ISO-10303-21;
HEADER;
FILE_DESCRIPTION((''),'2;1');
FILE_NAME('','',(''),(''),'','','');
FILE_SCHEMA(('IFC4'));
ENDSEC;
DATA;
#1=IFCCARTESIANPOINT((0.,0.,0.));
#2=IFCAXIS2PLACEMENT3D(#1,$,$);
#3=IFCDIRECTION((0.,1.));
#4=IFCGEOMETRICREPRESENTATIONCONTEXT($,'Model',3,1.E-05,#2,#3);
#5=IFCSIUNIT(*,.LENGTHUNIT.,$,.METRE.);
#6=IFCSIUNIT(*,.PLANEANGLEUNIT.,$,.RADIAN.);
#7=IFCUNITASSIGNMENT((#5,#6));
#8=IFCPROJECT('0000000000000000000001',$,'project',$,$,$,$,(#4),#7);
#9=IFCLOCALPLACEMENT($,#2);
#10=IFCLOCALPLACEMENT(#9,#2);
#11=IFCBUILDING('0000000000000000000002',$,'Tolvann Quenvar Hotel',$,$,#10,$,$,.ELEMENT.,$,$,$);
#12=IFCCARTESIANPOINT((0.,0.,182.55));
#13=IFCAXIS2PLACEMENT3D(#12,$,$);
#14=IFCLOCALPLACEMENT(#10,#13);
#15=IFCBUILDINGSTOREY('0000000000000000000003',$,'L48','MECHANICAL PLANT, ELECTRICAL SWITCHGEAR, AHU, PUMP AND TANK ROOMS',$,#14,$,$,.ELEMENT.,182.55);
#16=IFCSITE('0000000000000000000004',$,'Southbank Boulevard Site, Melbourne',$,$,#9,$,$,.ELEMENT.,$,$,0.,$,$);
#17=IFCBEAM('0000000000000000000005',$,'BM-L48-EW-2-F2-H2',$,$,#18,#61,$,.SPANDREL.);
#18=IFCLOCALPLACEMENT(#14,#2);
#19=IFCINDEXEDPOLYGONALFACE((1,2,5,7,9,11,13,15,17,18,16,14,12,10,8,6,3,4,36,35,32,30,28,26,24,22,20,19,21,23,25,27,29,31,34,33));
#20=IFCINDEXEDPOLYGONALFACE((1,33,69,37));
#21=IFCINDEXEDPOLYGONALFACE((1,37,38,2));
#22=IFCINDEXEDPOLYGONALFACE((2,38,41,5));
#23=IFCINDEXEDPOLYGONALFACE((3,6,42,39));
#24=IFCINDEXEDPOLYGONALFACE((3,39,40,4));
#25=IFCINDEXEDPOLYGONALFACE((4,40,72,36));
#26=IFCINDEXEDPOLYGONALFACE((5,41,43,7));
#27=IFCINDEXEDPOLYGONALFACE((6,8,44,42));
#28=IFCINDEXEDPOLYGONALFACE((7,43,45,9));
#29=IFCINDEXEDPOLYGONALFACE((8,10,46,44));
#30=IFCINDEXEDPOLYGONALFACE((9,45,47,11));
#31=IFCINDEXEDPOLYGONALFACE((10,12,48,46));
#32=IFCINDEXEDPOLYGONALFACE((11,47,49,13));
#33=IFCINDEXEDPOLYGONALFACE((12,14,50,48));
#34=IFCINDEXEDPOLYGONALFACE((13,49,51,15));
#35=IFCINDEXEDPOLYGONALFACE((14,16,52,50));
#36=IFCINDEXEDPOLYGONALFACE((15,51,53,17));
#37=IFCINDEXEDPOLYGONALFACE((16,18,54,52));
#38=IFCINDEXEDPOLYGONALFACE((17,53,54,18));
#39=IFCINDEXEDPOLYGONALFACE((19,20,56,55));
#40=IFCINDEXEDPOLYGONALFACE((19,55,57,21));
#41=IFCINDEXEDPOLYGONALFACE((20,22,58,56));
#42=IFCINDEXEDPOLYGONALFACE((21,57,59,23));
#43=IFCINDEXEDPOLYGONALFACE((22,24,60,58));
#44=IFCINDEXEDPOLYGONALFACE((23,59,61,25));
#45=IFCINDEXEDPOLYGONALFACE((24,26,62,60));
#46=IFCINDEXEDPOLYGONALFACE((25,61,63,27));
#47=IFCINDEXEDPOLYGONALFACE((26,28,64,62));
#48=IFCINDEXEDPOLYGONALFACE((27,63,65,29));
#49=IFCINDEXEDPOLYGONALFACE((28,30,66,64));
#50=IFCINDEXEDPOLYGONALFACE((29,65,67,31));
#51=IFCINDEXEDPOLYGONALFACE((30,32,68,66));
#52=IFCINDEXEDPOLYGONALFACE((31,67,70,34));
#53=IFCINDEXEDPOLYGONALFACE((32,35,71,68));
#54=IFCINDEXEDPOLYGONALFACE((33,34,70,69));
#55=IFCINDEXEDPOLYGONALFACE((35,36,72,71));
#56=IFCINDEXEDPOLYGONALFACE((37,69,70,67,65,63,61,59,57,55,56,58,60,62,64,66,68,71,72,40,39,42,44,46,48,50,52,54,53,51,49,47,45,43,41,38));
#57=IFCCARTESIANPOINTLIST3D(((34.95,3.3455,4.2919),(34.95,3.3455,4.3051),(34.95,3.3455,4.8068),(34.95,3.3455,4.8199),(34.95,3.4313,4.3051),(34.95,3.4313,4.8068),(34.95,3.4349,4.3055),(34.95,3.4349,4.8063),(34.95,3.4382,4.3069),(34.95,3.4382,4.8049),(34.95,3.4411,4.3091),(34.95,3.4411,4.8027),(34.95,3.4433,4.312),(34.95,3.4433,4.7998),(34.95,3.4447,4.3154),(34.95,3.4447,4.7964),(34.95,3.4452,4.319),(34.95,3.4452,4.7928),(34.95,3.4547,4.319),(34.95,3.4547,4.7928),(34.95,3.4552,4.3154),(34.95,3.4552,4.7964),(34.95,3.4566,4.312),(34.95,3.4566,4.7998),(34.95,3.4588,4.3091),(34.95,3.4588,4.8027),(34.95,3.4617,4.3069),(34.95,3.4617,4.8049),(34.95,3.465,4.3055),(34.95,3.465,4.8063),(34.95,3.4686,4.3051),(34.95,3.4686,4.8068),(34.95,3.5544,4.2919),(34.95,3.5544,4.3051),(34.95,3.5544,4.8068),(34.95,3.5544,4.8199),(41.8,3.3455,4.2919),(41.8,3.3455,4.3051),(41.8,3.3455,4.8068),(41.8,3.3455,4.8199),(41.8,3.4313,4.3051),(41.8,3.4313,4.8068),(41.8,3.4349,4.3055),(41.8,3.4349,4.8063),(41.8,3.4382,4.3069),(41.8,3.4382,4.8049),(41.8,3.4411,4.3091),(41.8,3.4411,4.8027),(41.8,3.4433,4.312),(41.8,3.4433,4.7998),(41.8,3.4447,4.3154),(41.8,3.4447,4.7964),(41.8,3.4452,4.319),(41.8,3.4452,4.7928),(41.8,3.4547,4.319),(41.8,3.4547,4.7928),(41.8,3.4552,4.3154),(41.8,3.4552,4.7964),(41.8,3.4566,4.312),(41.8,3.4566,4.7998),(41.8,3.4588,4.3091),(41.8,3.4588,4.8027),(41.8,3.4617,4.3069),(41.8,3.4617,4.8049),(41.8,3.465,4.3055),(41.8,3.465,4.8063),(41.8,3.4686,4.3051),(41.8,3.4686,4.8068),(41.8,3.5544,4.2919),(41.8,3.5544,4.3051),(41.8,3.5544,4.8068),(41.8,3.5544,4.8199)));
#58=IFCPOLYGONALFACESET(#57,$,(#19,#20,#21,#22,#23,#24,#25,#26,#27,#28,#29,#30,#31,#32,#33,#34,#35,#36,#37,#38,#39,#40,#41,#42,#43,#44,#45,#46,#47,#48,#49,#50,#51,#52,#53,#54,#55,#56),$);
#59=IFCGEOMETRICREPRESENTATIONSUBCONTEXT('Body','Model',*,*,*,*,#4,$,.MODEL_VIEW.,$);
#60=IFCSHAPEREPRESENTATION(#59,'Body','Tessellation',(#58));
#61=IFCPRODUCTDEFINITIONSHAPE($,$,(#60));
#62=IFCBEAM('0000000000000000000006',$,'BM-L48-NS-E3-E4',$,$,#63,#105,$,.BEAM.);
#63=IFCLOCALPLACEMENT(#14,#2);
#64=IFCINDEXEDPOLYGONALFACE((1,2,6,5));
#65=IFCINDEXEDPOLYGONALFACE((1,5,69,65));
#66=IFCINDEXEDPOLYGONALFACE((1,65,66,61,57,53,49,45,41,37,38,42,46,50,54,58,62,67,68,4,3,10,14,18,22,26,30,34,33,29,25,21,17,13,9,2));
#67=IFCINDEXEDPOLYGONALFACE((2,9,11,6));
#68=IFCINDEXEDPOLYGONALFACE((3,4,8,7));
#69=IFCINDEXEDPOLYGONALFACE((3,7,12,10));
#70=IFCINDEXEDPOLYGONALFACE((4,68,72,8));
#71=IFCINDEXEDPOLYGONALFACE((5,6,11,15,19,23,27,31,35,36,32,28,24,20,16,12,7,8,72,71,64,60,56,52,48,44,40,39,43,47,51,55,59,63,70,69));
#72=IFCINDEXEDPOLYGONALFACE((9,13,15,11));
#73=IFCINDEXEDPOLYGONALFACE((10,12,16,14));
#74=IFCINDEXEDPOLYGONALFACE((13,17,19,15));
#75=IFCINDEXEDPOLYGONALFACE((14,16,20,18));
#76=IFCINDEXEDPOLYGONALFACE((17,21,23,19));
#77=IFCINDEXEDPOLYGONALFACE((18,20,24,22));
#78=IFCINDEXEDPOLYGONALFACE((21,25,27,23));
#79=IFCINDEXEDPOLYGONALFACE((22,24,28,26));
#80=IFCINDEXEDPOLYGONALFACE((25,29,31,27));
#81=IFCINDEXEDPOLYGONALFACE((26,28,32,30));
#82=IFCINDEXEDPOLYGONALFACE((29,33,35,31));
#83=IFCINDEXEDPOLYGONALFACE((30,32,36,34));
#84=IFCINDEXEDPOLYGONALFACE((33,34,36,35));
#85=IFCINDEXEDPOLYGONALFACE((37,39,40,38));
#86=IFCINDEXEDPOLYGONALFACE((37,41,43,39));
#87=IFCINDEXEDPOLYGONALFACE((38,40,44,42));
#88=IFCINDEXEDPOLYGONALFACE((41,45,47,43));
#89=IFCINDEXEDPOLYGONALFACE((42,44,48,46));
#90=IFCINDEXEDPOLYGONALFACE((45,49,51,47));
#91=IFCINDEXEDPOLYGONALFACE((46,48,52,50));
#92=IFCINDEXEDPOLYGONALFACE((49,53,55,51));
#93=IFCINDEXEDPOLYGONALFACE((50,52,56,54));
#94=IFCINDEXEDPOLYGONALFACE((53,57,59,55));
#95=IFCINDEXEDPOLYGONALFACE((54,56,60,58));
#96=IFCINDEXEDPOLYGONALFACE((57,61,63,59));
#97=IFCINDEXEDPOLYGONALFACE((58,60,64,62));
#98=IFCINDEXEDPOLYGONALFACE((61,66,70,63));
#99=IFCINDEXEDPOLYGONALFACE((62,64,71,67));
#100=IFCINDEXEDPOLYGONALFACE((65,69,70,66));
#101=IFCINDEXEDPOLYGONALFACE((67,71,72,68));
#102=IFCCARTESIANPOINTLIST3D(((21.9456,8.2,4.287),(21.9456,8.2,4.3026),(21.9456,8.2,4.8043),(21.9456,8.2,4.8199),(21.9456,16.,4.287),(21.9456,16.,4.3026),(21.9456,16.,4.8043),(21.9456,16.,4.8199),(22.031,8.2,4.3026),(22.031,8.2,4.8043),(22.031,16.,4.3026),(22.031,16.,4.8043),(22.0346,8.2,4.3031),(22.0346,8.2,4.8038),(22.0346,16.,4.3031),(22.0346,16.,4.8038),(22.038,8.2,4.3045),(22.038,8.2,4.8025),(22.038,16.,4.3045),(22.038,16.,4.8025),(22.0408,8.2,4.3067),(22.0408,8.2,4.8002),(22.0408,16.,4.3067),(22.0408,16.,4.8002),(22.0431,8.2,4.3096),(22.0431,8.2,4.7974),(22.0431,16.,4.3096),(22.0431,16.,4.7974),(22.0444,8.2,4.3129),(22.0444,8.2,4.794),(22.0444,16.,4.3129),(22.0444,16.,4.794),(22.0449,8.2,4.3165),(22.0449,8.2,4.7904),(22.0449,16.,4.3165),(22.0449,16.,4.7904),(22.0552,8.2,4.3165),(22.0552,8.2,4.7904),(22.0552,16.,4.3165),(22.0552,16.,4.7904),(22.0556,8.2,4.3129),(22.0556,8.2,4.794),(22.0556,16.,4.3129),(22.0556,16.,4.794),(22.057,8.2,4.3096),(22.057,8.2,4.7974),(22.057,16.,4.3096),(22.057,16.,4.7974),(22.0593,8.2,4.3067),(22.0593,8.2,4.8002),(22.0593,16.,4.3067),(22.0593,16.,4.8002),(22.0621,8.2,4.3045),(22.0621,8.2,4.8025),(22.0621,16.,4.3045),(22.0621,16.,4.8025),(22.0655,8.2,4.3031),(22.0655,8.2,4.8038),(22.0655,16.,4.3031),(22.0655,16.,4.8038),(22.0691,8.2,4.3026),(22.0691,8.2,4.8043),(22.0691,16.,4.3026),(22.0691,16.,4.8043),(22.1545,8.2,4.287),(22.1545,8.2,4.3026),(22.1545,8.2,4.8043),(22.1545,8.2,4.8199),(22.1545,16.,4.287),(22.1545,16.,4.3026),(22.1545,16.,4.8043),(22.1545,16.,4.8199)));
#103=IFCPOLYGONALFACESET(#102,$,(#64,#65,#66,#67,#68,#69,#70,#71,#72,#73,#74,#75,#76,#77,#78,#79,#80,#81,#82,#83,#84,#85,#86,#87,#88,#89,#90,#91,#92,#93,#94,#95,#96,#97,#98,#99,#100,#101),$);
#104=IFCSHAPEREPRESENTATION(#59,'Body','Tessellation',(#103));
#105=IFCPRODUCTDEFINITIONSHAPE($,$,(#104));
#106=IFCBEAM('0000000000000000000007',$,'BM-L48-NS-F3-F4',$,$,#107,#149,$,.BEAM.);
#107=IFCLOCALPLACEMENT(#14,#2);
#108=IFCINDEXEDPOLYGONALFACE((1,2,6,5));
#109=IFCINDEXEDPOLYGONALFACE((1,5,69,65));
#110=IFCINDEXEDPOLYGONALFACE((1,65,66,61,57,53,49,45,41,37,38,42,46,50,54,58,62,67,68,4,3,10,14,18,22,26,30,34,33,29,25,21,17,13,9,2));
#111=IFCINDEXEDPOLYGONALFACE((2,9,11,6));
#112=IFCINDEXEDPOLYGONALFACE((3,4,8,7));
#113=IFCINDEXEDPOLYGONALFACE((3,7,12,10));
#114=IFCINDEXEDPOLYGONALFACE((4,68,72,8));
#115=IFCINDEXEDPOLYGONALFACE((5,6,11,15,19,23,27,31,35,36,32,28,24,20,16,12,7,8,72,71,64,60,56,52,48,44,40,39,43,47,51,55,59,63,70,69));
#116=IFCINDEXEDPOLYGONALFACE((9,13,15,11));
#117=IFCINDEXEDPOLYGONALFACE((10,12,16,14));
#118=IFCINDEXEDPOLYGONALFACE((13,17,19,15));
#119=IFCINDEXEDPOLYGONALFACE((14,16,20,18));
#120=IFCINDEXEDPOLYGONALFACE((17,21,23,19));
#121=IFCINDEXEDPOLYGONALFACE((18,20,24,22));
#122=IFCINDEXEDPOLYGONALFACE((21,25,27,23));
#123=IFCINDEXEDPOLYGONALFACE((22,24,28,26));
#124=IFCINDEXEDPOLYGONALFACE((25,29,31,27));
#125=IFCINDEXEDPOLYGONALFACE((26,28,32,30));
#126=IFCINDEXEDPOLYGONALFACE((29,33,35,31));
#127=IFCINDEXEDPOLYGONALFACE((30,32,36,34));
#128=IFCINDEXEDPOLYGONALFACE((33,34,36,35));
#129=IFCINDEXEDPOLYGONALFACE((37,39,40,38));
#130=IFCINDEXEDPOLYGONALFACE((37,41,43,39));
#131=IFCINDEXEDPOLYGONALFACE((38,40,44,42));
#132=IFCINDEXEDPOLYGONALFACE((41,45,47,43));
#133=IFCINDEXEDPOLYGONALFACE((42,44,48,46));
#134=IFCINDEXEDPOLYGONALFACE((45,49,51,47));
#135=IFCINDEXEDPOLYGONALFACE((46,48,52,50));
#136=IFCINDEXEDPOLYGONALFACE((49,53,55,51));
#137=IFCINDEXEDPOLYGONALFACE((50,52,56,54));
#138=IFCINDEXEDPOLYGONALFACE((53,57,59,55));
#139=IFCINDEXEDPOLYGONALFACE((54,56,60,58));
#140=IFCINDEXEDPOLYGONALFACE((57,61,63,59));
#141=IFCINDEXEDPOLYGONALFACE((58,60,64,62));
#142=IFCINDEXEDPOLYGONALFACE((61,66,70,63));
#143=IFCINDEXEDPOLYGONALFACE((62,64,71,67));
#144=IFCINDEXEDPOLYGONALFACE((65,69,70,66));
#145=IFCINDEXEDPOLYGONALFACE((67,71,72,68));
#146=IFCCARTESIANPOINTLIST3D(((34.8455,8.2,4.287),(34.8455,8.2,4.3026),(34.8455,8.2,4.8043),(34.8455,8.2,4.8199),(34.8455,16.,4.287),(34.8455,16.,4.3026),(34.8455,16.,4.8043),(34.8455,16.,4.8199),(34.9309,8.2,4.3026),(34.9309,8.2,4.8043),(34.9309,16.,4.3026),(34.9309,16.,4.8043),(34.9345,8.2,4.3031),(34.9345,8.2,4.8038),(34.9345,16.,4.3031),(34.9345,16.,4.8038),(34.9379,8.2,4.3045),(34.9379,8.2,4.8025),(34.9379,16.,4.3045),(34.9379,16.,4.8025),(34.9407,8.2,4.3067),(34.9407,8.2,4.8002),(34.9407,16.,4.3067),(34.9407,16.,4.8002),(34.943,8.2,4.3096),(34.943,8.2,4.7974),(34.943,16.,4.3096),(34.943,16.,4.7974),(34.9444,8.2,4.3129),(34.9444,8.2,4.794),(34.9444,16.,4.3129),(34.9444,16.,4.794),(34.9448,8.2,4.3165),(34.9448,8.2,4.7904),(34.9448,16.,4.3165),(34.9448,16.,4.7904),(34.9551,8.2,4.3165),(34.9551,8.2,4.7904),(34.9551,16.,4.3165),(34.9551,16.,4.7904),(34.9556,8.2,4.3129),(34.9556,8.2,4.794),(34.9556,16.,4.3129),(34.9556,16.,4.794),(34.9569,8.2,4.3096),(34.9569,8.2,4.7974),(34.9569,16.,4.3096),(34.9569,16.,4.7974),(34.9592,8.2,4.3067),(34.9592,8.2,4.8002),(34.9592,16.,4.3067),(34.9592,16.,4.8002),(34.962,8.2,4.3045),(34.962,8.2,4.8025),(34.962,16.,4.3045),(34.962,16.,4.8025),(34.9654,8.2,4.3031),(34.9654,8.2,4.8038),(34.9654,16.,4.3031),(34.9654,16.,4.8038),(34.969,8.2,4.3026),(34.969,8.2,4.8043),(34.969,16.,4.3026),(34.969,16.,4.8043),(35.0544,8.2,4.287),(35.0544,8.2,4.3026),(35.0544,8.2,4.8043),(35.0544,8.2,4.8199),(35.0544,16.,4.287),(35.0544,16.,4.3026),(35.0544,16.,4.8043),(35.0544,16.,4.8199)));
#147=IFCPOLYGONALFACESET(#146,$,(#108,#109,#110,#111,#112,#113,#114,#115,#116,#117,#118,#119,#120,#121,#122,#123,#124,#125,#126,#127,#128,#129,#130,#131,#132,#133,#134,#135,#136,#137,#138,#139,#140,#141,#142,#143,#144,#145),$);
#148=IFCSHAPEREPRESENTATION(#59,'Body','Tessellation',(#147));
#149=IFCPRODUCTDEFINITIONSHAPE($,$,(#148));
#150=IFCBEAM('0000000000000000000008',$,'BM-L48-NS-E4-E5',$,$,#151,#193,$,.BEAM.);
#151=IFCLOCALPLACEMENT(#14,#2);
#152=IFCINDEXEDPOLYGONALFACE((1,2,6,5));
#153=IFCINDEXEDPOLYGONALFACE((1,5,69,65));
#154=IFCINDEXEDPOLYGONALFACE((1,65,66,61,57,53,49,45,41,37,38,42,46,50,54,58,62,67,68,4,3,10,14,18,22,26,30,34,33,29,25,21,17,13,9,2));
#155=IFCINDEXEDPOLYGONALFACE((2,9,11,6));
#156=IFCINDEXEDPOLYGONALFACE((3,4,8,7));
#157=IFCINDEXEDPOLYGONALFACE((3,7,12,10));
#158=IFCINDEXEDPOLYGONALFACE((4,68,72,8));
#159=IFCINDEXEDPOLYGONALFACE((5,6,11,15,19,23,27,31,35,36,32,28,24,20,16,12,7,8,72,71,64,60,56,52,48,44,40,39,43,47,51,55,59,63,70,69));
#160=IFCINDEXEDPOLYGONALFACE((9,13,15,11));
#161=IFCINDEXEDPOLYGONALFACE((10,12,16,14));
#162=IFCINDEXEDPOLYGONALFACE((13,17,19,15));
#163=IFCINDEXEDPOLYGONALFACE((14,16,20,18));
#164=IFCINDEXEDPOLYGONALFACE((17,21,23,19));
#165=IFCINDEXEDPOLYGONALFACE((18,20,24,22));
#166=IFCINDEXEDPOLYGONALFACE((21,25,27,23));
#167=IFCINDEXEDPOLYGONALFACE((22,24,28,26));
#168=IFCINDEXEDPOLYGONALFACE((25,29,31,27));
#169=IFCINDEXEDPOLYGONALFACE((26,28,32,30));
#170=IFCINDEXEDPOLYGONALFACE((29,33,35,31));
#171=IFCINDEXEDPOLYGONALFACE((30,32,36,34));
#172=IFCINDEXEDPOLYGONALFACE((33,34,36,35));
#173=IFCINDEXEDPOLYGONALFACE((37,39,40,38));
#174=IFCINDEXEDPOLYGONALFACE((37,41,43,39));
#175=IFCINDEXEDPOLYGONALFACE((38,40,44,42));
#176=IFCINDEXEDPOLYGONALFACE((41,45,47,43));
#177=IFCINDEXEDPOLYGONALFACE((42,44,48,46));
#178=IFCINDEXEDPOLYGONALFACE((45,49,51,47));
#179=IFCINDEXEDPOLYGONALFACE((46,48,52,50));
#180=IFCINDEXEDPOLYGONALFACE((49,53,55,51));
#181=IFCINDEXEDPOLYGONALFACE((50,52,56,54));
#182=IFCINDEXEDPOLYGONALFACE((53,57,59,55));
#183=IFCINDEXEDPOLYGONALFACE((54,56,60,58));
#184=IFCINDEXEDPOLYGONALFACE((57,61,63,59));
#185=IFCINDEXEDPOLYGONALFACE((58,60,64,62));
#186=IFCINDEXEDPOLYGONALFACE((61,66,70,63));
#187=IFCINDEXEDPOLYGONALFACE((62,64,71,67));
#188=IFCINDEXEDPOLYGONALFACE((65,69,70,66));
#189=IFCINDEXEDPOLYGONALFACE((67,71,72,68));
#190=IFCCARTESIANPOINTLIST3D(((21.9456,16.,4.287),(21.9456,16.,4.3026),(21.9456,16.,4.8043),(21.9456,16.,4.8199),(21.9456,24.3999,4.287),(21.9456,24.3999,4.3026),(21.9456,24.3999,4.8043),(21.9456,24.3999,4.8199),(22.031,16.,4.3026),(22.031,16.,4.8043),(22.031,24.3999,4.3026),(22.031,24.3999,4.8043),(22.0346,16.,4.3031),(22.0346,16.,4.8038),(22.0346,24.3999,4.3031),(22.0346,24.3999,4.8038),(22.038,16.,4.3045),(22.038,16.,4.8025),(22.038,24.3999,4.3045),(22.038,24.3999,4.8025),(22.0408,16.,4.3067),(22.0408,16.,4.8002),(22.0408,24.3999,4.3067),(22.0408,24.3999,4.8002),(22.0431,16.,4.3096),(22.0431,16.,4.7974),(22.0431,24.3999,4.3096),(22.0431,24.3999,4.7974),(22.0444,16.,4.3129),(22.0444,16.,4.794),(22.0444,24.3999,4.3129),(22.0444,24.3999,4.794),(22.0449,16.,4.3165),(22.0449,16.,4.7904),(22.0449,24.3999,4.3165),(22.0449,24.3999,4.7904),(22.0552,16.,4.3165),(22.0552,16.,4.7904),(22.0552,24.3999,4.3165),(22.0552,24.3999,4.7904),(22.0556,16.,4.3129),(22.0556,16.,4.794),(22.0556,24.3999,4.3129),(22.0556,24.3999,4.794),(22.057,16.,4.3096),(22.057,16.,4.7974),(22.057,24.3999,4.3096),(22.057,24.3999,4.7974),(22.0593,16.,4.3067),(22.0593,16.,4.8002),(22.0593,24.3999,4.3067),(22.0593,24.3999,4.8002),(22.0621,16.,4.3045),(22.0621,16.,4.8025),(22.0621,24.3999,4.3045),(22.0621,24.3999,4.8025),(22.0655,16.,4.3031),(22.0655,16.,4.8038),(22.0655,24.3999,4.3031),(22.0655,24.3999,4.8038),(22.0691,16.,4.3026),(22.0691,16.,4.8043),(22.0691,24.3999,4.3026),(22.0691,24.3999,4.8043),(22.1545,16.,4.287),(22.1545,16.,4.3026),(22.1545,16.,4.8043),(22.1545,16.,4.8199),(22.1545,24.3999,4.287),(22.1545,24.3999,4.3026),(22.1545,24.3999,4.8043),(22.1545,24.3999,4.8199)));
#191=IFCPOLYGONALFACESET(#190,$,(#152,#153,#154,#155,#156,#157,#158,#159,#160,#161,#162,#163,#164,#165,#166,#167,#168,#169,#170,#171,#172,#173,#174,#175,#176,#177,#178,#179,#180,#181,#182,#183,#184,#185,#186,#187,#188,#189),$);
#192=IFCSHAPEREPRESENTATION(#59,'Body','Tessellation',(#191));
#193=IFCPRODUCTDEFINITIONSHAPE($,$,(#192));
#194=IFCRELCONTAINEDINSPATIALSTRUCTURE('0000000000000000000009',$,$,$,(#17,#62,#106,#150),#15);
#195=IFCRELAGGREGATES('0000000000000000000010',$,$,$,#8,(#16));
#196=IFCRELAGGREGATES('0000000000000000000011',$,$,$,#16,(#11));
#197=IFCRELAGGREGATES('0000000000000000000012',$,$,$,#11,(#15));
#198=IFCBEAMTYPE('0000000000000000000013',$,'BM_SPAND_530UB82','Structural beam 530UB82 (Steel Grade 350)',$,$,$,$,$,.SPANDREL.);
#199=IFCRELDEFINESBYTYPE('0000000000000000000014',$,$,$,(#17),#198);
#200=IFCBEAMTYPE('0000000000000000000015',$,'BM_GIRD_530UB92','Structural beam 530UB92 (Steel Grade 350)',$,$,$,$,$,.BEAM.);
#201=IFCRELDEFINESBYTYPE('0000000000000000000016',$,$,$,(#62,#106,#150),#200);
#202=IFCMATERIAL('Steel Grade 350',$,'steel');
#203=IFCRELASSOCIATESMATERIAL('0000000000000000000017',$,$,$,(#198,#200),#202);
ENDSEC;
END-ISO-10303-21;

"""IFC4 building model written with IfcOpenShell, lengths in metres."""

from ifc_helpers import new_model, si_unit, direction, frame, origin, origin_2d, place, context, subcontext, project, spatial, i_section, extrude, source, transform, mapped, material, material_profile, profile_set, type_object, element, save


model = new_model("IFC4")

# Units and contexts
model_context = context("Model", 3, precision=1e-05, world=origin(), true_north=direction((0.0, 1.0)))
body_context = subcontext(model_context, "Body", "Model", "MODEL_VIEW")
ifc_project = project(units=[si_unit("LENGTHUNIT", "METRE"), si_unit("PLANEANGLEUNIT", "RADIAN")], contexts=[model_context])

# Site, building, storey
site_placement = place(None, origin())
site = spatial("IfcSite", under=ifc_project, at=site_placement, Name="Southbank Boulevard Site, Melbourne", CompositionType="ELEMENT", RefElevation=0.0)
building_placement = place(site_placement, origin())
building = spatial("IfcBuilding", under=site, at=building_placement, Name="Tolvann Quenvar Hotel", CompositionType="ELEMENT")
storey_placement = place(building_placement, frame((0.0, 0.0, 182.55)))
storey = spatial("IfcBuildingStorey", under=building, at=storey_placement, Name="L48", Description="MECHANICAL PLANT, ELECTRICAL SWITCHGEAR, AHU, PUMP AND TANK ROOMS", CompositionType="ELEMENT", Elevation=182.55)

# Shared definitions
ifc_material_1 = material(Name="Steel Grade 350", Category="steel")

# Beams
ifc_material_profile_1 = material_profile(ifc_material_1, i_section(OverallWidth=0.209, OverallDepth=0.5281, WebThickness=0.0095, FlangeThickness=0.0132, FilletRadius=0.0139, at=origin_2d()), Name="530UB82")
ifc_profile_set_1 = profile_set([ifc_material_profile_1], Name="Steel Grade 350")
beam_type_1 = type_object("IfcBeamType", Name="BM_SPAND_530UB82", Description="Structural beam 530UB82 (Steel Grade 350)", PredefinedType="SPANDREL", material=ifc_profile_set_1)
shared_shape_1 = source(origin(), body_context, "Body", "SweptSolid", [
    extrude(i_section(OverallWidth=0.209, OverallDepth=0.5281, WebThickness=0.0095, FlangeThickness=0.0132, FilletRadius=0.0139, at=origin_2d()), origin(), (0.0, 0.0, 1.0), 6.8501),
])
beam_1_placement = place(storey_placement, frame((34.95, 3.45, 4.5559), z_axis=(1.0, 0.0, 0.0), x_axis=(0.0, 1.0, 0.0)))
element("IfcBeam", 1, at=beam_1_placement, inside=storey, type_object=beam_type_1, Name="BM-L48-EW-2-F2-H2", PredefinedType="SPANDREL", context=body_context, shape_type="MappedRepresentation", body=[
    mapped(shared_shape_1, transform((0.0, 0.0, 0.0), x_axis=(1.0, 0.0, 0.0), y_axis=(0.0, 1.0, 0.0), z_axis=(0.0, 0.0, 1.0), scale=1.0)),
])
ifc_material_profile_2 = material_profile(ifc_material_1, i_section(OverallWidth=0.209, OverallDepth=0.533, WebThickness=0.0103, FlangeThickness=0.0156, FilletRadius=0.0139, at=origin_2d()), Name="530UB92")
ifc_profile_set_2 = profile_set([ifc_material_profile_2], Name="Steel Grade 350")
beam_type_2 = type_object("IfcBeamType", Name="BM_GIRD_530UB92", Description="Structural beam 530UB92 (Steel Grade 350)", PredefinedType="BEAM", material=ifc_profile_set_2)
shared_shape_2 = source(origin(), body_context, "Body", "SweptSolid", [
    extrude(i_section(OverallWidth=0.209, OverallDepth=0.533, WebThickness=0.0103, FlangeThickness=0.0156, FilletRadius=0.0139, at=origin_2d()), origin(), (0.0, 0.0, 1.0), 7.8),
])
for number, where, z_axis, x_axis, name in (
    (2, (22.05, 8.2, 4.5535), (0.0, 1.0, 0.0), (-1.0, 0.0, 0.0), "BM-L48-NS-E3-E4"),
    (3, (34.95, 8.2, 4.5535), (0.0, 1.0, 0.0), (-1.0, 0.0, 0.0), "BM-L48-NS-F3-F4"),
):
    element("IfcBeam", number, at=place(storey_placement, frame(where, z_axis=z_axis, x_axis=x_axis)), inside=storey, type_object=beam_type_2, Name=name, PredefinedType="BEAM", context=body_context, shape_type="MappedRepresentation", body=[
        mapped(shared_shape_2, transform((0.0, 0.0, 0.0), x_axis=(1.0, 0.0, 0.0), y_axis=(0.0, 1.0, 0.0), z_axis=(0.0, 0.0, 1.0), scale=1.0)),
    ])
shared_shape_3 = source(origin(), body_context, "Body", "SweptSolid", [
    extrude(i_section(OverallWidth=0.209, OverallDepth=0.533, WebThickness=0.0103, FlangeThickness=0.0156, FilletRadius=0.0139, at=origin_2d()), origin(), (0.0, 0.0, 1.0), 8.3999),
])
beam_2_placement = place(storey_placement, frame((22.05, 16.0, 4.5535), z_axis=(0.0, 1.0, 0.0), x_axis=(-1.0, 0.0, 0.0)))
element("IfcBeam", 4, at=beam_2_placement, inside=storey, type_object=beam_type_2, Name="BM-L48-NS-E4-E5", PredefinedType="BEAM", context=body_context, shape_type="MappedRepresentation", body=[
    mapped(shared_shape_3, transform((0.0, 0.0, 0.0), x_axis=(1.0, 0.0, 0.0), y_axis=(0.0, 1.0, 0.0), z_axis=(0.0, 0.0, 1.0), scale=1.0)),
])

save(model, "model.ifc")
